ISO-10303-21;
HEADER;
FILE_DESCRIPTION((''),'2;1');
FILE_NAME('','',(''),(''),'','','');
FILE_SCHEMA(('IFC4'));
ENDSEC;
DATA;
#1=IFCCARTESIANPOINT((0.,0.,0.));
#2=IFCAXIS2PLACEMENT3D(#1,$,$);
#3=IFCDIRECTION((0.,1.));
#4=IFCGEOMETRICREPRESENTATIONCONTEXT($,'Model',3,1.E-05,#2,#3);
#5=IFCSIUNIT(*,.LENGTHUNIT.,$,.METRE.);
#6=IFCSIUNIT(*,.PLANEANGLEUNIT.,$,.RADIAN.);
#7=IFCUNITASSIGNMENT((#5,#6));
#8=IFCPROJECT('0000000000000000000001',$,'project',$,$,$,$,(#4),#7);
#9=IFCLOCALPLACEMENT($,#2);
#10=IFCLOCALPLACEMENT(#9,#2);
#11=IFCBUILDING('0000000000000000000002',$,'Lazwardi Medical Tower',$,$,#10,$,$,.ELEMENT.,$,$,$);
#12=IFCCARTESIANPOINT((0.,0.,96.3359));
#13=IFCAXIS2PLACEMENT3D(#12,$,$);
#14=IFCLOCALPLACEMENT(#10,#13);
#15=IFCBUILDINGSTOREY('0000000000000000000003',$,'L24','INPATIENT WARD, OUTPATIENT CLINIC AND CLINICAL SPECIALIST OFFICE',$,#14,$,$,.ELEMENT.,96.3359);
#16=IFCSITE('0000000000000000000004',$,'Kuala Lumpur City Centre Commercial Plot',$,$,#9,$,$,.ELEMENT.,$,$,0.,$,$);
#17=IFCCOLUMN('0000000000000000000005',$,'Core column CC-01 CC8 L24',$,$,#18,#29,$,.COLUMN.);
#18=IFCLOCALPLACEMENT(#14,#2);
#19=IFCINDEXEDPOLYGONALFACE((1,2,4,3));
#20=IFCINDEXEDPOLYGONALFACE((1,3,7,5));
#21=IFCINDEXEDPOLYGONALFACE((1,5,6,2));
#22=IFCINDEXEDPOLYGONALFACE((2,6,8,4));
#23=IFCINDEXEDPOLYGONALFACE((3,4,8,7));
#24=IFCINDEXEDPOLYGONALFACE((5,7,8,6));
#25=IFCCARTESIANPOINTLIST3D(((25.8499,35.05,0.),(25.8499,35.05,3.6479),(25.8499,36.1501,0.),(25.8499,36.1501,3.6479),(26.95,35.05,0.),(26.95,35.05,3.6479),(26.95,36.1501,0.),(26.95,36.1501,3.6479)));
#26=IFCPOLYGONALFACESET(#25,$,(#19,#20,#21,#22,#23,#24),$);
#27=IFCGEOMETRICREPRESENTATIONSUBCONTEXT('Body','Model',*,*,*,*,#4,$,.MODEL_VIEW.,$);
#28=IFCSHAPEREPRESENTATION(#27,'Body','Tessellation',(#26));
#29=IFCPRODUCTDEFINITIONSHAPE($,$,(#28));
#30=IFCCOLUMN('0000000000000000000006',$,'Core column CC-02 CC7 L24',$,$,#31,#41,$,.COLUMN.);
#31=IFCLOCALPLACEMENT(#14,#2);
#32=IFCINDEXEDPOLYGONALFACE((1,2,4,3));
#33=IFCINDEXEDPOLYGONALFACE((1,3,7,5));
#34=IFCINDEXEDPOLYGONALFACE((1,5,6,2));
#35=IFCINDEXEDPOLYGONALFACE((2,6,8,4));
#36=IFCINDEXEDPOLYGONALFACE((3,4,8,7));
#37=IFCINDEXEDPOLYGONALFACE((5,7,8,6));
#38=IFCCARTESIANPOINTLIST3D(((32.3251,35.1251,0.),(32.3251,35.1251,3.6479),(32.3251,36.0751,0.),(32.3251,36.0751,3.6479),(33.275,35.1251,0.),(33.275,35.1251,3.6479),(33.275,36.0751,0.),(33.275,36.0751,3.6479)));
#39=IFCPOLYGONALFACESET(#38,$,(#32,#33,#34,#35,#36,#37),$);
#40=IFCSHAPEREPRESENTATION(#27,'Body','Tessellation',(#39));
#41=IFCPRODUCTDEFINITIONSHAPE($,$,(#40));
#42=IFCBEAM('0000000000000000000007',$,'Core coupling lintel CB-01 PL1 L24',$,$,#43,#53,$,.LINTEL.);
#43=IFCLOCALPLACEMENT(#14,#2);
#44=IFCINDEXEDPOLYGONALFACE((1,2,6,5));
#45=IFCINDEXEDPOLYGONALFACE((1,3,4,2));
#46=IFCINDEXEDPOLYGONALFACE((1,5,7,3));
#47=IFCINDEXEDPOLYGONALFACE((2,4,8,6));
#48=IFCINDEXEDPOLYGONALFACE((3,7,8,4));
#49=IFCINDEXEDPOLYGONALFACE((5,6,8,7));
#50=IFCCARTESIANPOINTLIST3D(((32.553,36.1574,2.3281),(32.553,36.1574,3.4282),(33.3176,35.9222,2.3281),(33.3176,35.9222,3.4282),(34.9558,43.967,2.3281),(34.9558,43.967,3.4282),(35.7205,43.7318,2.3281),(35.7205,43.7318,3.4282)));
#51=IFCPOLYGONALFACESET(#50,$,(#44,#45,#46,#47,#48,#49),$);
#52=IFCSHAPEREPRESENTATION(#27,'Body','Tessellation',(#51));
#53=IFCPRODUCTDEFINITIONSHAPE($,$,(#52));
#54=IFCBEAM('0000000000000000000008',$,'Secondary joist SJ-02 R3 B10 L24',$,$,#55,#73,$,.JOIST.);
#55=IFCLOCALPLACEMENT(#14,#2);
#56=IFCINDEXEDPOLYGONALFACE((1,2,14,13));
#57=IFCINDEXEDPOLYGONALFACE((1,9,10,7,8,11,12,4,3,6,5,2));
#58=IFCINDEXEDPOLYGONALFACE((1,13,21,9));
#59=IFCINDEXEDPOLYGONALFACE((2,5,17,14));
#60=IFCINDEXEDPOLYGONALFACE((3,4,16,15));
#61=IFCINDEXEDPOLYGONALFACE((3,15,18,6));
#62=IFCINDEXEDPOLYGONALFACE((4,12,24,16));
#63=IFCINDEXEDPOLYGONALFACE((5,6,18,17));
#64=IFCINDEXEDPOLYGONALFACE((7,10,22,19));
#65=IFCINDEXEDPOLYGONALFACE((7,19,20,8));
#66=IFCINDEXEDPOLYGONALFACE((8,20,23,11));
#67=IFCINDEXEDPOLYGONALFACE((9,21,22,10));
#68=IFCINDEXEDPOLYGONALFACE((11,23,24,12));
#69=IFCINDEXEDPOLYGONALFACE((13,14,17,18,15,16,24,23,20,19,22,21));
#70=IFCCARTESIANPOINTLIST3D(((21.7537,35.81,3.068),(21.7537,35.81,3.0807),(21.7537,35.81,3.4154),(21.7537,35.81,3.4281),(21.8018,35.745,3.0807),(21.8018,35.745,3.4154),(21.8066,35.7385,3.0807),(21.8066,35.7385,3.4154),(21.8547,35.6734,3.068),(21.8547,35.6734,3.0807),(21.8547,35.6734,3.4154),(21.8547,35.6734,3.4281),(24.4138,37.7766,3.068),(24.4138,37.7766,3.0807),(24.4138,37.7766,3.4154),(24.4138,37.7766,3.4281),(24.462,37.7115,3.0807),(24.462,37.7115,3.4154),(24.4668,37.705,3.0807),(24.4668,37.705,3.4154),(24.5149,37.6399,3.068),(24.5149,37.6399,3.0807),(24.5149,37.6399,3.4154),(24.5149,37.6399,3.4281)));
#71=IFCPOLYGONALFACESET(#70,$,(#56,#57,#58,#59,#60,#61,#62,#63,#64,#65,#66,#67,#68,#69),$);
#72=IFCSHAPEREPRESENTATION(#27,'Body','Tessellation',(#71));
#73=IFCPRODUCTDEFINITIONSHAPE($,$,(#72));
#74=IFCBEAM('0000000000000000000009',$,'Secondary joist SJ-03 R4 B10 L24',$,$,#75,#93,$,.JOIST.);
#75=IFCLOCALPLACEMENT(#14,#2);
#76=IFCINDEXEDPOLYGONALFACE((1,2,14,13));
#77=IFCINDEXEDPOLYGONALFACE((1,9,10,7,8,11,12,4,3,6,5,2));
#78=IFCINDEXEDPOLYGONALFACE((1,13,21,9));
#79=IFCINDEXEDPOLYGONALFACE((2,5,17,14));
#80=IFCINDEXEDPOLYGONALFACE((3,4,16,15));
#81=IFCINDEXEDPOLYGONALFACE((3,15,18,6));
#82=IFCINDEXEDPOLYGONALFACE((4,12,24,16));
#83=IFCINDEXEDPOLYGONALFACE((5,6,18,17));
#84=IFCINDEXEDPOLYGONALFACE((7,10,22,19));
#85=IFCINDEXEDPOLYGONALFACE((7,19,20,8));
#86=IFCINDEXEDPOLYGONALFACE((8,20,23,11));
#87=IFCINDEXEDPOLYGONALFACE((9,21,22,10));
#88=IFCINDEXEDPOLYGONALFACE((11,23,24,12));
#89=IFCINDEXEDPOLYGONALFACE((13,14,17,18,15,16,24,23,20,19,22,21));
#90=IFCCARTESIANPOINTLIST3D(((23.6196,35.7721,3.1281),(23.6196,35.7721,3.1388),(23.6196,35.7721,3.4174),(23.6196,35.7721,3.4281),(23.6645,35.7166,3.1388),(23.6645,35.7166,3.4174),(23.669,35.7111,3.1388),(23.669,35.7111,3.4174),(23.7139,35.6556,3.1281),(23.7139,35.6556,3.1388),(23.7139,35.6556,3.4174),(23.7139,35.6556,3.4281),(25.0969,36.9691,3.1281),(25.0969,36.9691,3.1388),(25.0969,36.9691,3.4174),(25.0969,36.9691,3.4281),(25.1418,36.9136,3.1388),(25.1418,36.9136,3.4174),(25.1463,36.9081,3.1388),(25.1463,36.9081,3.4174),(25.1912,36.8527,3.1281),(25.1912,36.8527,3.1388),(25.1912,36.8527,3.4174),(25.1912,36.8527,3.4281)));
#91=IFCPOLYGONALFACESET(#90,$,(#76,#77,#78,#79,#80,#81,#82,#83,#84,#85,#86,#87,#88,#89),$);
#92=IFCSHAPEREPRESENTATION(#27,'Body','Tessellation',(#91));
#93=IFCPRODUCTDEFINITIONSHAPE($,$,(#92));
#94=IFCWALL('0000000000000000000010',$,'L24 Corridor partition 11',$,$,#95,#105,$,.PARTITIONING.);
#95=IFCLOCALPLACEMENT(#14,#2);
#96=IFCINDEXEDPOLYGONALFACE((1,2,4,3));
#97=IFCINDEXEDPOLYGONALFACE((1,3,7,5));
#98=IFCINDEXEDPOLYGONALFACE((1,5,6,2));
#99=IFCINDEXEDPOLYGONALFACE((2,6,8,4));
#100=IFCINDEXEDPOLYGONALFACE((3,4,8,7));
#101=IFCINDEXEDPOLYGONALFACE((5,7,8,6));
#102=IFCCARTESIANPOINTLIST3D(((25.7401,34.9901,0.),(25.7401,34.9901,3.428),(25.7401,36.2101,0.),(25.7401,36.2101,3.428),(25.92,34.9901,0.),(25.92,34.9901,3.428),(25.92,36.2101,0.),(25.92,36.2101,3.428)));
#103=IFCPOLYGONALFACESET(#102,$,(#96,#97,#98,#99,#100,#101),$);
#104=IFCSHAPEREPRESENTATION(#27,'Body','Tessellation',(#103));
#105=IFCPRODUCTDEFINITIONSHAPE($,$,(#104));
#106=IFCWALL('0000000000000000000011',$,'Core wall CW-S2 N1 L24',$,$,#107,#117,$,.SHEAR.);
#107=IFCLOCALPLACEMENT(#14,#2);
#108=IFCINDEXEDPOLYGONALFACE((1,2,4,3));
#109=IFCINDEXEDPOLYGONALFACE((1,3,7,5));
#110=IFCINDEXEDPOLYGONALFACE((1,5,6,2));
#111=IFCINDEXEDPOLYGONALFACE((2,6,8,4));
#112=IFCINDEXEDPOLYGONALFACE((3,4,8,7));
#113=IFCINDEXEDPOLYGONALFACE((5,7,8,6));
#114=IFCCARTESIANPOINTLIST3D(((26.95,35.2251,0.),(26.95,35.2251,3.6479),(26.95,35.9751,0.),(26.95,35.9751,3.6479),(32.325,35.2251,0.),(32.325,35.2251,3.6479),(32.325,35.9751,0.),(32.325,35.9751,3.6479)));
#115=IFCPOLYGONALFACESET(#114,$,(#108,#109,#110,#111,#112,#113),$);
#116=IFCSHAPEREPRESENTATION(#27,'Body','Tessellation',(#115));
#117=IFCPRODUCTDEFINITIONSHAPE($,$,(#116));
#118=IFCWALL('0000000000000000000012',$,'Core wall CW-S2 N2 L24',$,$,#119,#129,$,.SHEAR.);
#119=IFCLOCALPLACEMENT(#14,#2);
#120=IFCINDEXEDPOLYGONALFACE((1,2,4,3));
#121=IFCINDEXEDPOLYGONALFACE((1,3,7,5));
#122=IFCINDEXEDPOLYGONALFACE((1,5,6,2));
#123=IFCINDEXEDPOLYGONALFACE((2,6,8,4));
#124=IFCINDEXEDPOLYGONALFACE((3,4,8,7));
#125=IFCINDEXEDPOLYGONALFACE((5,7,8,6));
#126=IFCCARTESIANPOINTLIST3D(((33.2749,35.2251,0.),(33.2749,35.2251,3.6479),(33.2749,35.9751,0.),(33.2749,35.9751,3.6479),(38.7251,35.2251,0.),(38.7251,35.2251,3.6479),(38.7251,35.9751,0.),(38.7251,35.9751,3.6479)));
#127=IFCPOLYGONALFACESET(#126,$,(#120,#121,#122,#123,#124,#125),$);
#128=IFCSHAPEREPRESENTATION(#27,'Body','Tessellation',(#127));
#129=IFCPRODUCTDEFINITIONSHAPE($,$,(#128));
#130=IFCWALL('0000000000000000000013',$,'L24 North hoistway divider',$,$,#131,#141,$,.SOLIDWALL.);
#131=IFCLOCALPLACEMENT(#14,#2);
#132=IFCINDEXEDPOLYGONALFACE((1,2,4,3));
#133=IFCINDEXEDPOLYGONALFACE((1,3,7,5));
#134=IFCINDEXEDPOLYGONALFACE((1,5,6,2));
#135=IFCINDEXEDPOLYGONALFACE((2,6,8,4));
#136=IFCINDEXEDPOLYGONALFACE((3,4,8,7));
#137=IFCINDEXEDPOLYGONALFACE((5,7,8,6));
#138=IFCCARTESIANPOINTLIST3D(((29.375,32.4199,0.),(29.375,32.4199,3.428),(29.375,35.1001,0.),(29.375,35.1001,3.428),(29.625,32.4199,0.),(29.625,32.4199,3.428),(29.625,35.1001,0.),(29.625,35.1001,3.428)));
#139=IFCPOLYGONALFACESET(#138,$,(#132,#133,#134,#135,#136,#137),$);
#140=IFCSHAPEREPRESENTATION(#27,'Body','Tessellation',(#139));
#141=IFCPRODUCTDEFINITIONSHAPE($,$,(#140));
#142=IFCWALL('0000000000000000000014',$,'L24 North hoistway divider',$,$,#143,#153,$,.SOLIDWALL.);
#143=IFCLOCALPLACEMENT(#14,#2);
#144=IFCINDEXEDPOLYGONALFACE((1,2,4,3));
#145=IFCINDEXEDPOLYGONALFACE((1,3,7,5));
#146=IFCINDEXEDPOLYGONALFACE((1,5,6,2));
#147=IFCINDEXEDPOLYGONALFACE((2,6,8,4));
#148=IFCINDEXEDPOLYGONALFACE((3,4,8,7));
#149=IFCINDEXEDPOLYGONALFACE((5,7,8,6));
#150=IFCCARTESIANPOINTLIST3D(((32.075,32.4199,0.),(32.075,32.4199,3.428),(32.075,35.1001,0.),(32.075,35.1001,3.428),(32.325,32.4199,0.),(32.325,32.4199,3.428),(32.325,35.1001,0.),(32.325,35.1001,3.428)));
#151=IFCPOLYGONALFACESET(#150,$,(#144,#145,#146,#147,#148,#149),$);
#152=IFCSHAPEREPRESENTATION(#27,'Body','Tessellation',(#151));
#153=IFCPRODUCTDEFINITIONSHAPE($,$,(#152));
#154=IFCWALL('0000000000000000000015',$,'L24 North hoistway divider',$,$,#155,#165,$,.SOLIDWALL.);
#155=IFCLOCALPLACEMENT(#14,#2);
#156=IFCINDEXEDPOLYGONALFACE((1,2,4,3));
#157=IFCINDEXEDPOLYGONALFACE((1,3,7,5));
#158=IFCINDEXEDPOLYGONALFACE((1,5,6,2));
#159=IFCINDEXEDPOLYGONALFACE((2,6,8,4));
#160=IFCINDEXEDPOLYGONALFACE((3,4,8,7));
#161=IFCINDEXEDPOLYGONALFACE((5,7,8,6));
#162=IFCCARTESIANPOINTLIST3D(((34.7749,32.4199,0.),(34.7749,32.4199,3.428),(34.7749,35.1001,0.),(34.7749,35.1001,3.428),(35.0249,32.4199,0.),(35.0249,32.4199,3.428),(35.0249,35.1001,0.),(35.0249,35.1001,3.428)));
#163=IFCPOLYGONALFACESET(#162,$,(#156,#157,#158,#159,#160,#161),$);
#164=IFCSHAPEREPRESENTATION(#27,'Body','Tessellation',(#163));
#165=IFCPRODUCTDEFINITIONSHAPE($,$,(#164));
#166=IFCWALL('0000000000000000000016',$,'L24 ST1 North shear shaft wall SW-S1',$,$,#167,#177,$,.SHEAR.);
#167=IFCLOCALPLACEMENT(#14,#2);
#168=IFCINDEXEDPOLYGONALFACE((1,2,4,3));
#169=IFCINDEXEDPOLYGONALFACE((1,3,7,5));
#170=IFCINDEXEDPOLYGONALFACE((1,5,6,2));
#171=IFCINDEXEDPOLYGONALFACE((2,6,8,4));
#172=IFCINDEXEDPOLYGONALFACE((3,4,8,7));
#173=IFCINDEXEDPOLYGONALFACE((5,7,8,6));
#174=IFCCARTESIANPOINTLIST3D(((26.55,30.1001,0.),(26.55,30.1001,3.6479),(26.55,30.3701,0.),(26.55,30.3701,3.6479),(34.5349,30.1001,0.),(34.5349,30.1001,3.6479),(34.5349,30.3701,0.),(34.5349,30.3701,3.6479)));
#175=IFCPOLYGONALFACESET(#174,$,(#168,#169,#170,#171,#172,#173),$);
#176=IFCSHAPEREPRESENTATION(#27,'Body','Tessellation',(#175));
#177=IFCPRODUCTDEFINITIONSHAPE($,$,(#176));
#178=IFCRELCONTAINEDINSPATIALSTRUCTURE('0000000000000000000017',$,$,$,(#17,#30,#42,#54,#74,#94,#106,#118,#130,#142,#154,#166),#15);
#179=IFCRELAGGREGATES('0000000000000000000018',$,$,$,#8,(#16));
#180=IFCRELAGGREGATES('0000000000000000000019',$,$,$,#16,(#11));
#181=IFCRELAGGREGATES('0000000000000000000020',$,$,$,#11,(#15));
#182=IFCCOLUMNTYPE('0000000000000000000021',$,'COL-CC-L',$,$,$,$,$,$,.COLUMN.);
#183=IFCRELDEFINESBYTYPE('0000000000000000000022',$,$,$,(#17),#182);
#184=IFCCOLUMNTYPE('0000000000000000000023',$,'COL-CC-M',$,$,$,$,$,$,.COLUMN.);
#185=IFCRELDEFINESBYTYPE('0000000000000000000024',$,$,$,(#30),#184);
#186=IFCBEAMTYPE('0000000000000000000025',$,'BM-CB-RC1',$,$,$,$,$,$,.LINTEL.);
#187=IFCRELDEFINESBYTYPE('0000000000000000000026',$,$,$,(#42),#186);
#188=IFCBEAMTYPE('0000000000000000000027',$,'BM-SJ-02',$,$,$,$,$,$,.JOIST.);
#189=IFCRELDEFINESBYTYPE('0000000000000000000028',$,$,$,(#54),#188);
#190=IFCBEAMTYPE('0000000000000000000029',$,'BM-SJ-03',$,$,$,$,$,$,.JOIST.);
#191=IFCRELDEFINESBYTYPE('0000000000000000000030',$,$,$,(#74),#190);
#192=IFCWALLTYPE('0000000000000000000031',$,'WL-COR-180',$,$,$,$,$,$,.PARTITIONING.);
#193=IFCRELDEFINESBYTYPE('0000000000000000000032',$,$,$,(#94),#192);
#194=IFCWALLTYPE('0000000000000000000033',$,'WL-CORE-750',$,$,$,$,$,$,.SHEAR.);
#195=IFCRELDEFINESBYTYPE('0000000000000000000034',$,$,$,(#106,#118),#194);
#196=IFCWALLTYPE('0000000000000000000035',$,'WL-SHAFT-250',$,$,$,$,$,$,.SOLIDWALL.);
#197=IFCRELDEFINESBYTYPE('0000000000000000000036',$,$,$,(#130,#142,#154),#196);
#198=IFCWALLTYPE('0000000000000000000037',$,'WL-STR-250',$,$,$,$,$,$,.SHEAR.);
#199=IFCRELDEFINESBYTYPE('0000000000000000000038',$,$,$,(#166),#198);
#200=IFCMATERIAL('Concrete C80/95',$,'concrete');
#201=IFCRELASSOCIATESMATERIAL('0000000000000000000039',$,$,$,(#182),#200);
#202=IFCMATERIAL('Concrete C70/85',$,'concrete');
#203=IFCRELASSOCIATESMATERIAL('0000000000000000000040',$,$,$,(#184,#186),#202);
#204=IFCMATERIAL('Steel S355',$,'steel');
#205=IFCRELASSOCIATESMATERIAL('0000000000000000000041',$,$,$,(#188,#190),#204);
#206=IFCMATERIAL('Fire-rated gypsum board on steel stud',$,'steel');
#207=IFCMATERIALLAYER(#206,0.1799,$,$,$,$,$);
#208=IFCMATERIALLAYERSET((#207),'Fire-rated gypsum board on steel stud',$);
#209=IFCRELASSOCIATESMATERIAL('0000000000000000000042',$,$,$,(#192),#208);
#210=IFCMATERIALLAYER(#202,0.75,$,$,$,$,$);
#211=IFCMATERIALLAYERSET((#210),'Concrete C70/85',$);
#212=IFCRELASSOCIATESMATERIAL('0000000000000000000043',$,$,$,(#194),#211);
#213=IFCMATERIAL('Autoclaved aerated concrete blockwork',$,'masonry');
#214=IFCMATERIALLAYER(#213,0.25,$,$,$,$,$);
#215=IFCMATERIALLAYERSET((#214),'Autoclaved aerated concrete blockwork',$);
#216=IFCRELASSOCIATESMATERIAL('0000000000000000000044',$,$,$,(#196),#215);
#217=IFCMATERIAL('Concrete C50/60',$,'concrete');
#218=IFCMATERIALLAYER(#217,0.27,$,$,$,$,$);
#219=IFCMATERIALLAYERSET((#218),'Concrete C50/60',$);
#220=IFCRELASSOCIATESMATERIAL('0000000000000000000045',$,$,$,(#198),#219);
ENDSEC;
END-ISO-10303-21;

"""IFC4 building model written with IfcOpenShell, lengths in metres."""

from ifc_helpers import new_model, si_unit, direction, frame, frame_2d, origin, origin_2d, place, context, subcontext, project, spatial, rectangle, i_section, extrude, material, layer, layer_set, material_profile, profile_set, type_object, element, save


model = new_model("IFC4")

# Units and contexts
model_context = context("Model", 3, precision=1e-05, world=origin(), true_north=direction((0.0, 1.0)))
body_context = subcontext(model_context, "Body", "Model", "MODEL_VIEW")
ifc_project = project(units=[si_unit("LENGTHUNIT", "METRE"), si_unit("PLANEANGLEUNIT", "RADIAN")], contexts=[model_context])

# Site, building, storey
site_placement = place(None, origin())
site = spatial("IfcSite", under=ifc_project, at=site_placement, Name="Kuala Lumpur City Centre Commercial Plot", CompositionType="ELEMENT", RefElevation=0.0)
building_placement = place(site_placement, origin())
building = spatial("IfcBuilding", under=site, at=building_placement, Name="Lazwardi Medical Tower", CompositionType="ELEMENT")
storey_placement = place(building_placement, frame((0.0, 0.0, 96.3359)))
storey = spatial("IfcBuildingStorey", under=building, at=storey_placement, Name="L24", Description="INPATIENT WARD, OUTPATIENT CLINIC AND CLINICAL SPECIALIST OFFICE", CompositionType="ELEMENT", Elevation=96.3359)

# Columns
ifc_material_1 = material(Name="Concrete C80/95", Category="concrete")
ifc_material_profile_1 = material_profile(ifc_material_1, rectangle(XDim=1.1001, YDim=1.1001, at=origin_2d()), Name="RC 1100x1100")
ifc_profile_set_1 = profile_set([ifc_material_profile_1], Name="Concrete C80/95")
column_type_1 = type_object("IfcColumnType", Name="COL-CC-L", PredefinedType="COLUMN", material=ifc_profile_set_1)
column_1_placement = place(storey_placement, frame((26.3999, 35.6001, 0.0), z_axis=(0.0, 0.0, 1.0), x_axis=(1.0, 0.0, 0.0)))
element("IfcColumn", 1, at=column_1_placement, inside=storey, type_object=column_type_1, Name="Core column CC-01 CC8 L24", PredefinedType="COLUMN", context=body_context, shape_type="SweptSolid", body=[
    extrude(rectangle(XDim=1.1001, YDim=1.1001, at=origin_2d()), origin(), (0.0, 0.0, 1.0), 3.6479),
])
ifc_material_2 = material(Name="Concrete C70/85", Category="concrete")
ifc_material_profile_2 = material_profile(ifc_material_2, rectangle(XDim=0.95, YDim=0.95, at=origin_2d()), Name="RC 950x950")
ifc_profile_set_2 = profile_set([ifc_material_profile_2], Name="Concrete C70/85")
column_type_2 = type_object("IfcColumnType", Name="COL-CC-M", PredefinedType="COLUMN", material=ifc_profile_set_2)
column_2_placement = place(storey_placement, frame((32.8, 35.6001, 0.0), z_axis=(0.0, 0.0, 1.0), x_axis=(1.0, 0.0, 0.0)))
element("IfcColumn", 2, at=column_2_placement, inside=storey, type_object=column_type_2, Name="Core column CC-02 CC7 L24", PredefinedType="COLUMN", context=body_context, shape_type="SweptSolid", body=[
    extrude(rectangle(XDim=0.95, YDim=0.95, at=origin_2d()), origin(), (0.0, 0.0, 1.0), 3.6479),
])

# Beams
ifc_material_profile_3 = material_profile(ifc_material_2, rectangle(XDim=0.8, YDim=1.1001, at=origin_2d()), Name="RC 800x1100")
ifc_profile_set_3 = profile_set([ifc_material_profile_3], Name="Concrete C70/85")
beam_type_1 = type_object("IfcBeamType", Name="BM-CB-RC1", PredefinedType="LINTEL", material=ifc_profile_set_3)
beam_1_placement = place(storey_placement, frame((32.9353, 36.0398, 2.8782), z_axis=(0.294073, 0.955783, 0.0), x_axis=(-0.955783, 0.294073, 0.0)))
element("IfcBeam", 3, at=beam_1_placement, inside=storey, type_object=beam_type_1, Name="Core coupling lintel CB-01 PL1 L24", PredefinedType="LINTEL", context=body_context, shape_type="SweptSolid", body=[
    extrude(rectangle(XDim=0.8, YDim=1.1001, at=origin_2d()), origin(), (0.0, 0.0, 1.0), 8.1709),
])
ifc_material_3 = material(Name="Steel S355", Category="steel")
ifc_material_profile_4 = material_profile(ifc_material_3, i_section(OverallWidth=0.1699, OverallDepth=0.3601, WebThickness=0.0081, FlangeThickness=0.0127, at=origin_2d()), Name="IPE 360")
ifc_profile_set_4 = profile_set([ifc_material_profile_4], Name="Steel S355")
beam_type_2 = type_object("IfcBeamType", Name="BM-SJ-02", PredefinedType="JOIST", material=ifc_profile_set_4)
beam_2_placement = place(storey_placement, frame((24.4644, 37.7083, 3.248), z_axis=(-0.804126, -0.59446, 0.0), x_axis=(0.59446, -0.804126, 0.0)))
element("IfcBeam", 4, at=beam_2_placement, inside=storey, type_object=beam_type_2, Name="Secondary joist SJ-02 R3 B10 L24", PredefinedType="JOIST", context=body_context, shape_type="SweptSolid", body=[
    extrude(i_section(OverallWidth=0.1699, OverallDepth=0.3601, WebThickness=0.0081, FlangeThickness=0.0127, at=origin_2d()), origin(), (0.0, 0.0, 1.0), 3.3081),
])
ifc_material_profile_5 = material_profile(ifc_material_3, i_section(OverallWidth=0.1499, OverallDepth=0.3, WebThickness=0.0071, FlangeThickness=0.0107, at=origin_2d()), Name="IPE 300")
ifc_profile_set_5 = profile_set([ifc_material_profile_5], Name="Steel S355")
beam_type_3 = type_object("IfcBeamType", Name="BM-SJ-03", PredefinedType="JOIST", material=ifc_profile_set_5)
beam_3_placement = place(storey_placement, frame((25.144, 36.9109, 3.2781), z_axis=(-0.776958, -0.629553, 0.0), x_axis=(0.629553, -0.776958, 0.0)))
element("IfcBeam", 5, at=beam_3_placement, inside=storey, type_object=beam_type_3, Name="Secondary joist SJ-03 R4 B10 L24", PredefinedType="JOIST", context=body_context, shape_type="SweptSolid", body=[
    extrude(i_section(OverallWidth=0.1499, OverallDepth=0.3, WebThickness=0.0071, FlangeThickness=0.0107, at=origin_2d()), origin(), (0.0, 0.0, 1.0), 1.9014),
])

# Walls
ifc_material_4 = material(Name="Fire-rated gypsum board on steel stud", Category="steel")
ifc_layer_1 = layer(ifc_material_4, 0.1799)
ifc_layer_set_1 = layer_set([ifc_layer_1], Name="Fire-rated gypsum board on steel stud")
wall_type_1 = type_object("IfcWallType", Name="WL-COR-180", PredefinedType="PARTITIONING", material=ifc_layer_set_1)
wall_1_placement = place(storey_placement, frame((25.8301, 36.21, 0.0), z_axis=(0.0, 0.0, 1.0), x_axis=(0.0, -1.0, 0.0)))
element("IfcWall", 6, at=wall_1_placement, inside=storey, type_object=wall_type_1, Name="L24 Corridor partition 11", PredefinedType="PARTITIONING", context=body_context, shape_type="SweptSolid", body=[
    extrude(rectangle(XDim=1.22, YDim=0.1799, at=frame_2d((0.6099, 0.0))), origin(), (0.0, 0.0, 1.0), 3.428),
])
ifc_layer_2 = layer(ifc_material_2, 0.75)
ifc_layer_set_2 = layer_set([ifc_layer_2], Name="Concrete C70/85")
wall_type_2 = type_object("IfcWallType", Name="WL-CORE-750", PredefinedType="SHEAR", material=ifc_layer_set_2)
wall_2_placement = place(storey_placement, frame((26.95, 35.6001, 0.0), z_axis=(0.0, 0.0, 1.0), x_axis=(1.0, 0.0, 0.0)))
element("IfcWall", 7, at=wall_2_placement, inside=storey, type_object=wall_type_2, Name="Core wall CW-S2 N1 L24", PredefinedType="SHEAR", context=body_context, shape_type="SweptSolid", body=[
    extrude(rectangle(XDim=5.375, YDim=0.75, at=frame_2d((2.6875, 0.0))), origin(), (0.0, 0.0, 1.0), 3.6479),
])
wall_3_placement = place(storey_placement, frame((33.2749, 35.6001, 0.0), z_axis=(0.0, 0.0, 1.0), x_axis=(1.0, 0.0, 0.0)))
element("IfcWall", 8, at=wall_3_placement, inside=storey, type_object=wall_type_2, Name="Core wall CW-S2 N2 L24", PredefinedType="SHEAR", context=body_context, shape_type="SweptSolid", body=[
    extrude(rectangle(XDim=5.4502, YDim=0.75, at=frame_2d((2.7251, 0.0))), origin(), (0.0, 0.0, 1.0), 3.6479),
])
ifc_material_5 = material(Name="Autoclaved aerated concrete blockwork", Category="masonry")
ifc_layer_3 = layer(ifc_material_5, 0.25)
ifc_layer_set_3 = layer_set([ifc_layer_3], Name="Autoclaved aerated concrete blockwork")
wall_type_3 = type_object("IfcWallType", Name="WL-SHAFT-250", PredefinedType="SOLIDWALL", material=ifc_layer_set_3)
for number, where, z_axis, x_axis, name in (
    (9, (29.5, 32.4199, 0.0), (0.0, 0.0, 1.0), (0.0, 1.0, 0.0), "L24 North hoistway divider"),
    (10, (32.2, 32.4199, 0.0), (0.0, 0.0, 1.0), (0.0, 1.0, 0.0), "L24 North hoistway divider"),
    (11, (34.8999, 32.4199, 0.0), (0.0, 0.0, 1.0), (0.0, 1.0, 0.0), "L24 North hoistway divider"),
):
    element("IfcWall", number, at=place(storey_placement, frame(where, z_axis=z_axis, x_axis=x_axis)), inside=storey, type_object=wall_type_3, Name=name, PredefinedType="SOLIDWALL", context=body_context, shape_type="SweptSolid", body=[
        extrude(rectangle(XDim=2.6802, YDim=0.25, at=frame_2d((1.3401, 0.0))), origin(), (0.0, 0.0, 1.0), 3.428),
    ])
ifc_material_6 = material(Name="Concrete C50/60", Category="concrete")
ifc_layer_4 = layer(ifc_material_6, 0.27)
ifc_layer_set_4 = layer_set([ifc_layer_4], Name="Concrete C50/60")
wall_type_4 = type_object("IfcWallType", Name="WL-STR-250", PredefinedType="SHEAR", material=ifc_layer_set_4)
wall_4_placement = place(storey_placement, frame((26.55, 30.2351, 0.0), z_axis=(0.0, 0.0, 1.0), x_axis=(1.0, 0.0, 0.0)))
element("IfcWall", 12, at=wall_4_placement, inside=storey, type_object=wall_type_4, Name="L24 ST1 North shear shaft wall SW-S1", PredefinedType="SHEAR", context=body_context, shape_type="SweptSolid", body=[
    extrude(rectangle(XDim=7.9849, YDim=0.27, at=frame_2d((3.9924, 0.0))), origin(), (0.0, 0.0, 1.0), 3.6479),
])

save(model, "model.ifc")
